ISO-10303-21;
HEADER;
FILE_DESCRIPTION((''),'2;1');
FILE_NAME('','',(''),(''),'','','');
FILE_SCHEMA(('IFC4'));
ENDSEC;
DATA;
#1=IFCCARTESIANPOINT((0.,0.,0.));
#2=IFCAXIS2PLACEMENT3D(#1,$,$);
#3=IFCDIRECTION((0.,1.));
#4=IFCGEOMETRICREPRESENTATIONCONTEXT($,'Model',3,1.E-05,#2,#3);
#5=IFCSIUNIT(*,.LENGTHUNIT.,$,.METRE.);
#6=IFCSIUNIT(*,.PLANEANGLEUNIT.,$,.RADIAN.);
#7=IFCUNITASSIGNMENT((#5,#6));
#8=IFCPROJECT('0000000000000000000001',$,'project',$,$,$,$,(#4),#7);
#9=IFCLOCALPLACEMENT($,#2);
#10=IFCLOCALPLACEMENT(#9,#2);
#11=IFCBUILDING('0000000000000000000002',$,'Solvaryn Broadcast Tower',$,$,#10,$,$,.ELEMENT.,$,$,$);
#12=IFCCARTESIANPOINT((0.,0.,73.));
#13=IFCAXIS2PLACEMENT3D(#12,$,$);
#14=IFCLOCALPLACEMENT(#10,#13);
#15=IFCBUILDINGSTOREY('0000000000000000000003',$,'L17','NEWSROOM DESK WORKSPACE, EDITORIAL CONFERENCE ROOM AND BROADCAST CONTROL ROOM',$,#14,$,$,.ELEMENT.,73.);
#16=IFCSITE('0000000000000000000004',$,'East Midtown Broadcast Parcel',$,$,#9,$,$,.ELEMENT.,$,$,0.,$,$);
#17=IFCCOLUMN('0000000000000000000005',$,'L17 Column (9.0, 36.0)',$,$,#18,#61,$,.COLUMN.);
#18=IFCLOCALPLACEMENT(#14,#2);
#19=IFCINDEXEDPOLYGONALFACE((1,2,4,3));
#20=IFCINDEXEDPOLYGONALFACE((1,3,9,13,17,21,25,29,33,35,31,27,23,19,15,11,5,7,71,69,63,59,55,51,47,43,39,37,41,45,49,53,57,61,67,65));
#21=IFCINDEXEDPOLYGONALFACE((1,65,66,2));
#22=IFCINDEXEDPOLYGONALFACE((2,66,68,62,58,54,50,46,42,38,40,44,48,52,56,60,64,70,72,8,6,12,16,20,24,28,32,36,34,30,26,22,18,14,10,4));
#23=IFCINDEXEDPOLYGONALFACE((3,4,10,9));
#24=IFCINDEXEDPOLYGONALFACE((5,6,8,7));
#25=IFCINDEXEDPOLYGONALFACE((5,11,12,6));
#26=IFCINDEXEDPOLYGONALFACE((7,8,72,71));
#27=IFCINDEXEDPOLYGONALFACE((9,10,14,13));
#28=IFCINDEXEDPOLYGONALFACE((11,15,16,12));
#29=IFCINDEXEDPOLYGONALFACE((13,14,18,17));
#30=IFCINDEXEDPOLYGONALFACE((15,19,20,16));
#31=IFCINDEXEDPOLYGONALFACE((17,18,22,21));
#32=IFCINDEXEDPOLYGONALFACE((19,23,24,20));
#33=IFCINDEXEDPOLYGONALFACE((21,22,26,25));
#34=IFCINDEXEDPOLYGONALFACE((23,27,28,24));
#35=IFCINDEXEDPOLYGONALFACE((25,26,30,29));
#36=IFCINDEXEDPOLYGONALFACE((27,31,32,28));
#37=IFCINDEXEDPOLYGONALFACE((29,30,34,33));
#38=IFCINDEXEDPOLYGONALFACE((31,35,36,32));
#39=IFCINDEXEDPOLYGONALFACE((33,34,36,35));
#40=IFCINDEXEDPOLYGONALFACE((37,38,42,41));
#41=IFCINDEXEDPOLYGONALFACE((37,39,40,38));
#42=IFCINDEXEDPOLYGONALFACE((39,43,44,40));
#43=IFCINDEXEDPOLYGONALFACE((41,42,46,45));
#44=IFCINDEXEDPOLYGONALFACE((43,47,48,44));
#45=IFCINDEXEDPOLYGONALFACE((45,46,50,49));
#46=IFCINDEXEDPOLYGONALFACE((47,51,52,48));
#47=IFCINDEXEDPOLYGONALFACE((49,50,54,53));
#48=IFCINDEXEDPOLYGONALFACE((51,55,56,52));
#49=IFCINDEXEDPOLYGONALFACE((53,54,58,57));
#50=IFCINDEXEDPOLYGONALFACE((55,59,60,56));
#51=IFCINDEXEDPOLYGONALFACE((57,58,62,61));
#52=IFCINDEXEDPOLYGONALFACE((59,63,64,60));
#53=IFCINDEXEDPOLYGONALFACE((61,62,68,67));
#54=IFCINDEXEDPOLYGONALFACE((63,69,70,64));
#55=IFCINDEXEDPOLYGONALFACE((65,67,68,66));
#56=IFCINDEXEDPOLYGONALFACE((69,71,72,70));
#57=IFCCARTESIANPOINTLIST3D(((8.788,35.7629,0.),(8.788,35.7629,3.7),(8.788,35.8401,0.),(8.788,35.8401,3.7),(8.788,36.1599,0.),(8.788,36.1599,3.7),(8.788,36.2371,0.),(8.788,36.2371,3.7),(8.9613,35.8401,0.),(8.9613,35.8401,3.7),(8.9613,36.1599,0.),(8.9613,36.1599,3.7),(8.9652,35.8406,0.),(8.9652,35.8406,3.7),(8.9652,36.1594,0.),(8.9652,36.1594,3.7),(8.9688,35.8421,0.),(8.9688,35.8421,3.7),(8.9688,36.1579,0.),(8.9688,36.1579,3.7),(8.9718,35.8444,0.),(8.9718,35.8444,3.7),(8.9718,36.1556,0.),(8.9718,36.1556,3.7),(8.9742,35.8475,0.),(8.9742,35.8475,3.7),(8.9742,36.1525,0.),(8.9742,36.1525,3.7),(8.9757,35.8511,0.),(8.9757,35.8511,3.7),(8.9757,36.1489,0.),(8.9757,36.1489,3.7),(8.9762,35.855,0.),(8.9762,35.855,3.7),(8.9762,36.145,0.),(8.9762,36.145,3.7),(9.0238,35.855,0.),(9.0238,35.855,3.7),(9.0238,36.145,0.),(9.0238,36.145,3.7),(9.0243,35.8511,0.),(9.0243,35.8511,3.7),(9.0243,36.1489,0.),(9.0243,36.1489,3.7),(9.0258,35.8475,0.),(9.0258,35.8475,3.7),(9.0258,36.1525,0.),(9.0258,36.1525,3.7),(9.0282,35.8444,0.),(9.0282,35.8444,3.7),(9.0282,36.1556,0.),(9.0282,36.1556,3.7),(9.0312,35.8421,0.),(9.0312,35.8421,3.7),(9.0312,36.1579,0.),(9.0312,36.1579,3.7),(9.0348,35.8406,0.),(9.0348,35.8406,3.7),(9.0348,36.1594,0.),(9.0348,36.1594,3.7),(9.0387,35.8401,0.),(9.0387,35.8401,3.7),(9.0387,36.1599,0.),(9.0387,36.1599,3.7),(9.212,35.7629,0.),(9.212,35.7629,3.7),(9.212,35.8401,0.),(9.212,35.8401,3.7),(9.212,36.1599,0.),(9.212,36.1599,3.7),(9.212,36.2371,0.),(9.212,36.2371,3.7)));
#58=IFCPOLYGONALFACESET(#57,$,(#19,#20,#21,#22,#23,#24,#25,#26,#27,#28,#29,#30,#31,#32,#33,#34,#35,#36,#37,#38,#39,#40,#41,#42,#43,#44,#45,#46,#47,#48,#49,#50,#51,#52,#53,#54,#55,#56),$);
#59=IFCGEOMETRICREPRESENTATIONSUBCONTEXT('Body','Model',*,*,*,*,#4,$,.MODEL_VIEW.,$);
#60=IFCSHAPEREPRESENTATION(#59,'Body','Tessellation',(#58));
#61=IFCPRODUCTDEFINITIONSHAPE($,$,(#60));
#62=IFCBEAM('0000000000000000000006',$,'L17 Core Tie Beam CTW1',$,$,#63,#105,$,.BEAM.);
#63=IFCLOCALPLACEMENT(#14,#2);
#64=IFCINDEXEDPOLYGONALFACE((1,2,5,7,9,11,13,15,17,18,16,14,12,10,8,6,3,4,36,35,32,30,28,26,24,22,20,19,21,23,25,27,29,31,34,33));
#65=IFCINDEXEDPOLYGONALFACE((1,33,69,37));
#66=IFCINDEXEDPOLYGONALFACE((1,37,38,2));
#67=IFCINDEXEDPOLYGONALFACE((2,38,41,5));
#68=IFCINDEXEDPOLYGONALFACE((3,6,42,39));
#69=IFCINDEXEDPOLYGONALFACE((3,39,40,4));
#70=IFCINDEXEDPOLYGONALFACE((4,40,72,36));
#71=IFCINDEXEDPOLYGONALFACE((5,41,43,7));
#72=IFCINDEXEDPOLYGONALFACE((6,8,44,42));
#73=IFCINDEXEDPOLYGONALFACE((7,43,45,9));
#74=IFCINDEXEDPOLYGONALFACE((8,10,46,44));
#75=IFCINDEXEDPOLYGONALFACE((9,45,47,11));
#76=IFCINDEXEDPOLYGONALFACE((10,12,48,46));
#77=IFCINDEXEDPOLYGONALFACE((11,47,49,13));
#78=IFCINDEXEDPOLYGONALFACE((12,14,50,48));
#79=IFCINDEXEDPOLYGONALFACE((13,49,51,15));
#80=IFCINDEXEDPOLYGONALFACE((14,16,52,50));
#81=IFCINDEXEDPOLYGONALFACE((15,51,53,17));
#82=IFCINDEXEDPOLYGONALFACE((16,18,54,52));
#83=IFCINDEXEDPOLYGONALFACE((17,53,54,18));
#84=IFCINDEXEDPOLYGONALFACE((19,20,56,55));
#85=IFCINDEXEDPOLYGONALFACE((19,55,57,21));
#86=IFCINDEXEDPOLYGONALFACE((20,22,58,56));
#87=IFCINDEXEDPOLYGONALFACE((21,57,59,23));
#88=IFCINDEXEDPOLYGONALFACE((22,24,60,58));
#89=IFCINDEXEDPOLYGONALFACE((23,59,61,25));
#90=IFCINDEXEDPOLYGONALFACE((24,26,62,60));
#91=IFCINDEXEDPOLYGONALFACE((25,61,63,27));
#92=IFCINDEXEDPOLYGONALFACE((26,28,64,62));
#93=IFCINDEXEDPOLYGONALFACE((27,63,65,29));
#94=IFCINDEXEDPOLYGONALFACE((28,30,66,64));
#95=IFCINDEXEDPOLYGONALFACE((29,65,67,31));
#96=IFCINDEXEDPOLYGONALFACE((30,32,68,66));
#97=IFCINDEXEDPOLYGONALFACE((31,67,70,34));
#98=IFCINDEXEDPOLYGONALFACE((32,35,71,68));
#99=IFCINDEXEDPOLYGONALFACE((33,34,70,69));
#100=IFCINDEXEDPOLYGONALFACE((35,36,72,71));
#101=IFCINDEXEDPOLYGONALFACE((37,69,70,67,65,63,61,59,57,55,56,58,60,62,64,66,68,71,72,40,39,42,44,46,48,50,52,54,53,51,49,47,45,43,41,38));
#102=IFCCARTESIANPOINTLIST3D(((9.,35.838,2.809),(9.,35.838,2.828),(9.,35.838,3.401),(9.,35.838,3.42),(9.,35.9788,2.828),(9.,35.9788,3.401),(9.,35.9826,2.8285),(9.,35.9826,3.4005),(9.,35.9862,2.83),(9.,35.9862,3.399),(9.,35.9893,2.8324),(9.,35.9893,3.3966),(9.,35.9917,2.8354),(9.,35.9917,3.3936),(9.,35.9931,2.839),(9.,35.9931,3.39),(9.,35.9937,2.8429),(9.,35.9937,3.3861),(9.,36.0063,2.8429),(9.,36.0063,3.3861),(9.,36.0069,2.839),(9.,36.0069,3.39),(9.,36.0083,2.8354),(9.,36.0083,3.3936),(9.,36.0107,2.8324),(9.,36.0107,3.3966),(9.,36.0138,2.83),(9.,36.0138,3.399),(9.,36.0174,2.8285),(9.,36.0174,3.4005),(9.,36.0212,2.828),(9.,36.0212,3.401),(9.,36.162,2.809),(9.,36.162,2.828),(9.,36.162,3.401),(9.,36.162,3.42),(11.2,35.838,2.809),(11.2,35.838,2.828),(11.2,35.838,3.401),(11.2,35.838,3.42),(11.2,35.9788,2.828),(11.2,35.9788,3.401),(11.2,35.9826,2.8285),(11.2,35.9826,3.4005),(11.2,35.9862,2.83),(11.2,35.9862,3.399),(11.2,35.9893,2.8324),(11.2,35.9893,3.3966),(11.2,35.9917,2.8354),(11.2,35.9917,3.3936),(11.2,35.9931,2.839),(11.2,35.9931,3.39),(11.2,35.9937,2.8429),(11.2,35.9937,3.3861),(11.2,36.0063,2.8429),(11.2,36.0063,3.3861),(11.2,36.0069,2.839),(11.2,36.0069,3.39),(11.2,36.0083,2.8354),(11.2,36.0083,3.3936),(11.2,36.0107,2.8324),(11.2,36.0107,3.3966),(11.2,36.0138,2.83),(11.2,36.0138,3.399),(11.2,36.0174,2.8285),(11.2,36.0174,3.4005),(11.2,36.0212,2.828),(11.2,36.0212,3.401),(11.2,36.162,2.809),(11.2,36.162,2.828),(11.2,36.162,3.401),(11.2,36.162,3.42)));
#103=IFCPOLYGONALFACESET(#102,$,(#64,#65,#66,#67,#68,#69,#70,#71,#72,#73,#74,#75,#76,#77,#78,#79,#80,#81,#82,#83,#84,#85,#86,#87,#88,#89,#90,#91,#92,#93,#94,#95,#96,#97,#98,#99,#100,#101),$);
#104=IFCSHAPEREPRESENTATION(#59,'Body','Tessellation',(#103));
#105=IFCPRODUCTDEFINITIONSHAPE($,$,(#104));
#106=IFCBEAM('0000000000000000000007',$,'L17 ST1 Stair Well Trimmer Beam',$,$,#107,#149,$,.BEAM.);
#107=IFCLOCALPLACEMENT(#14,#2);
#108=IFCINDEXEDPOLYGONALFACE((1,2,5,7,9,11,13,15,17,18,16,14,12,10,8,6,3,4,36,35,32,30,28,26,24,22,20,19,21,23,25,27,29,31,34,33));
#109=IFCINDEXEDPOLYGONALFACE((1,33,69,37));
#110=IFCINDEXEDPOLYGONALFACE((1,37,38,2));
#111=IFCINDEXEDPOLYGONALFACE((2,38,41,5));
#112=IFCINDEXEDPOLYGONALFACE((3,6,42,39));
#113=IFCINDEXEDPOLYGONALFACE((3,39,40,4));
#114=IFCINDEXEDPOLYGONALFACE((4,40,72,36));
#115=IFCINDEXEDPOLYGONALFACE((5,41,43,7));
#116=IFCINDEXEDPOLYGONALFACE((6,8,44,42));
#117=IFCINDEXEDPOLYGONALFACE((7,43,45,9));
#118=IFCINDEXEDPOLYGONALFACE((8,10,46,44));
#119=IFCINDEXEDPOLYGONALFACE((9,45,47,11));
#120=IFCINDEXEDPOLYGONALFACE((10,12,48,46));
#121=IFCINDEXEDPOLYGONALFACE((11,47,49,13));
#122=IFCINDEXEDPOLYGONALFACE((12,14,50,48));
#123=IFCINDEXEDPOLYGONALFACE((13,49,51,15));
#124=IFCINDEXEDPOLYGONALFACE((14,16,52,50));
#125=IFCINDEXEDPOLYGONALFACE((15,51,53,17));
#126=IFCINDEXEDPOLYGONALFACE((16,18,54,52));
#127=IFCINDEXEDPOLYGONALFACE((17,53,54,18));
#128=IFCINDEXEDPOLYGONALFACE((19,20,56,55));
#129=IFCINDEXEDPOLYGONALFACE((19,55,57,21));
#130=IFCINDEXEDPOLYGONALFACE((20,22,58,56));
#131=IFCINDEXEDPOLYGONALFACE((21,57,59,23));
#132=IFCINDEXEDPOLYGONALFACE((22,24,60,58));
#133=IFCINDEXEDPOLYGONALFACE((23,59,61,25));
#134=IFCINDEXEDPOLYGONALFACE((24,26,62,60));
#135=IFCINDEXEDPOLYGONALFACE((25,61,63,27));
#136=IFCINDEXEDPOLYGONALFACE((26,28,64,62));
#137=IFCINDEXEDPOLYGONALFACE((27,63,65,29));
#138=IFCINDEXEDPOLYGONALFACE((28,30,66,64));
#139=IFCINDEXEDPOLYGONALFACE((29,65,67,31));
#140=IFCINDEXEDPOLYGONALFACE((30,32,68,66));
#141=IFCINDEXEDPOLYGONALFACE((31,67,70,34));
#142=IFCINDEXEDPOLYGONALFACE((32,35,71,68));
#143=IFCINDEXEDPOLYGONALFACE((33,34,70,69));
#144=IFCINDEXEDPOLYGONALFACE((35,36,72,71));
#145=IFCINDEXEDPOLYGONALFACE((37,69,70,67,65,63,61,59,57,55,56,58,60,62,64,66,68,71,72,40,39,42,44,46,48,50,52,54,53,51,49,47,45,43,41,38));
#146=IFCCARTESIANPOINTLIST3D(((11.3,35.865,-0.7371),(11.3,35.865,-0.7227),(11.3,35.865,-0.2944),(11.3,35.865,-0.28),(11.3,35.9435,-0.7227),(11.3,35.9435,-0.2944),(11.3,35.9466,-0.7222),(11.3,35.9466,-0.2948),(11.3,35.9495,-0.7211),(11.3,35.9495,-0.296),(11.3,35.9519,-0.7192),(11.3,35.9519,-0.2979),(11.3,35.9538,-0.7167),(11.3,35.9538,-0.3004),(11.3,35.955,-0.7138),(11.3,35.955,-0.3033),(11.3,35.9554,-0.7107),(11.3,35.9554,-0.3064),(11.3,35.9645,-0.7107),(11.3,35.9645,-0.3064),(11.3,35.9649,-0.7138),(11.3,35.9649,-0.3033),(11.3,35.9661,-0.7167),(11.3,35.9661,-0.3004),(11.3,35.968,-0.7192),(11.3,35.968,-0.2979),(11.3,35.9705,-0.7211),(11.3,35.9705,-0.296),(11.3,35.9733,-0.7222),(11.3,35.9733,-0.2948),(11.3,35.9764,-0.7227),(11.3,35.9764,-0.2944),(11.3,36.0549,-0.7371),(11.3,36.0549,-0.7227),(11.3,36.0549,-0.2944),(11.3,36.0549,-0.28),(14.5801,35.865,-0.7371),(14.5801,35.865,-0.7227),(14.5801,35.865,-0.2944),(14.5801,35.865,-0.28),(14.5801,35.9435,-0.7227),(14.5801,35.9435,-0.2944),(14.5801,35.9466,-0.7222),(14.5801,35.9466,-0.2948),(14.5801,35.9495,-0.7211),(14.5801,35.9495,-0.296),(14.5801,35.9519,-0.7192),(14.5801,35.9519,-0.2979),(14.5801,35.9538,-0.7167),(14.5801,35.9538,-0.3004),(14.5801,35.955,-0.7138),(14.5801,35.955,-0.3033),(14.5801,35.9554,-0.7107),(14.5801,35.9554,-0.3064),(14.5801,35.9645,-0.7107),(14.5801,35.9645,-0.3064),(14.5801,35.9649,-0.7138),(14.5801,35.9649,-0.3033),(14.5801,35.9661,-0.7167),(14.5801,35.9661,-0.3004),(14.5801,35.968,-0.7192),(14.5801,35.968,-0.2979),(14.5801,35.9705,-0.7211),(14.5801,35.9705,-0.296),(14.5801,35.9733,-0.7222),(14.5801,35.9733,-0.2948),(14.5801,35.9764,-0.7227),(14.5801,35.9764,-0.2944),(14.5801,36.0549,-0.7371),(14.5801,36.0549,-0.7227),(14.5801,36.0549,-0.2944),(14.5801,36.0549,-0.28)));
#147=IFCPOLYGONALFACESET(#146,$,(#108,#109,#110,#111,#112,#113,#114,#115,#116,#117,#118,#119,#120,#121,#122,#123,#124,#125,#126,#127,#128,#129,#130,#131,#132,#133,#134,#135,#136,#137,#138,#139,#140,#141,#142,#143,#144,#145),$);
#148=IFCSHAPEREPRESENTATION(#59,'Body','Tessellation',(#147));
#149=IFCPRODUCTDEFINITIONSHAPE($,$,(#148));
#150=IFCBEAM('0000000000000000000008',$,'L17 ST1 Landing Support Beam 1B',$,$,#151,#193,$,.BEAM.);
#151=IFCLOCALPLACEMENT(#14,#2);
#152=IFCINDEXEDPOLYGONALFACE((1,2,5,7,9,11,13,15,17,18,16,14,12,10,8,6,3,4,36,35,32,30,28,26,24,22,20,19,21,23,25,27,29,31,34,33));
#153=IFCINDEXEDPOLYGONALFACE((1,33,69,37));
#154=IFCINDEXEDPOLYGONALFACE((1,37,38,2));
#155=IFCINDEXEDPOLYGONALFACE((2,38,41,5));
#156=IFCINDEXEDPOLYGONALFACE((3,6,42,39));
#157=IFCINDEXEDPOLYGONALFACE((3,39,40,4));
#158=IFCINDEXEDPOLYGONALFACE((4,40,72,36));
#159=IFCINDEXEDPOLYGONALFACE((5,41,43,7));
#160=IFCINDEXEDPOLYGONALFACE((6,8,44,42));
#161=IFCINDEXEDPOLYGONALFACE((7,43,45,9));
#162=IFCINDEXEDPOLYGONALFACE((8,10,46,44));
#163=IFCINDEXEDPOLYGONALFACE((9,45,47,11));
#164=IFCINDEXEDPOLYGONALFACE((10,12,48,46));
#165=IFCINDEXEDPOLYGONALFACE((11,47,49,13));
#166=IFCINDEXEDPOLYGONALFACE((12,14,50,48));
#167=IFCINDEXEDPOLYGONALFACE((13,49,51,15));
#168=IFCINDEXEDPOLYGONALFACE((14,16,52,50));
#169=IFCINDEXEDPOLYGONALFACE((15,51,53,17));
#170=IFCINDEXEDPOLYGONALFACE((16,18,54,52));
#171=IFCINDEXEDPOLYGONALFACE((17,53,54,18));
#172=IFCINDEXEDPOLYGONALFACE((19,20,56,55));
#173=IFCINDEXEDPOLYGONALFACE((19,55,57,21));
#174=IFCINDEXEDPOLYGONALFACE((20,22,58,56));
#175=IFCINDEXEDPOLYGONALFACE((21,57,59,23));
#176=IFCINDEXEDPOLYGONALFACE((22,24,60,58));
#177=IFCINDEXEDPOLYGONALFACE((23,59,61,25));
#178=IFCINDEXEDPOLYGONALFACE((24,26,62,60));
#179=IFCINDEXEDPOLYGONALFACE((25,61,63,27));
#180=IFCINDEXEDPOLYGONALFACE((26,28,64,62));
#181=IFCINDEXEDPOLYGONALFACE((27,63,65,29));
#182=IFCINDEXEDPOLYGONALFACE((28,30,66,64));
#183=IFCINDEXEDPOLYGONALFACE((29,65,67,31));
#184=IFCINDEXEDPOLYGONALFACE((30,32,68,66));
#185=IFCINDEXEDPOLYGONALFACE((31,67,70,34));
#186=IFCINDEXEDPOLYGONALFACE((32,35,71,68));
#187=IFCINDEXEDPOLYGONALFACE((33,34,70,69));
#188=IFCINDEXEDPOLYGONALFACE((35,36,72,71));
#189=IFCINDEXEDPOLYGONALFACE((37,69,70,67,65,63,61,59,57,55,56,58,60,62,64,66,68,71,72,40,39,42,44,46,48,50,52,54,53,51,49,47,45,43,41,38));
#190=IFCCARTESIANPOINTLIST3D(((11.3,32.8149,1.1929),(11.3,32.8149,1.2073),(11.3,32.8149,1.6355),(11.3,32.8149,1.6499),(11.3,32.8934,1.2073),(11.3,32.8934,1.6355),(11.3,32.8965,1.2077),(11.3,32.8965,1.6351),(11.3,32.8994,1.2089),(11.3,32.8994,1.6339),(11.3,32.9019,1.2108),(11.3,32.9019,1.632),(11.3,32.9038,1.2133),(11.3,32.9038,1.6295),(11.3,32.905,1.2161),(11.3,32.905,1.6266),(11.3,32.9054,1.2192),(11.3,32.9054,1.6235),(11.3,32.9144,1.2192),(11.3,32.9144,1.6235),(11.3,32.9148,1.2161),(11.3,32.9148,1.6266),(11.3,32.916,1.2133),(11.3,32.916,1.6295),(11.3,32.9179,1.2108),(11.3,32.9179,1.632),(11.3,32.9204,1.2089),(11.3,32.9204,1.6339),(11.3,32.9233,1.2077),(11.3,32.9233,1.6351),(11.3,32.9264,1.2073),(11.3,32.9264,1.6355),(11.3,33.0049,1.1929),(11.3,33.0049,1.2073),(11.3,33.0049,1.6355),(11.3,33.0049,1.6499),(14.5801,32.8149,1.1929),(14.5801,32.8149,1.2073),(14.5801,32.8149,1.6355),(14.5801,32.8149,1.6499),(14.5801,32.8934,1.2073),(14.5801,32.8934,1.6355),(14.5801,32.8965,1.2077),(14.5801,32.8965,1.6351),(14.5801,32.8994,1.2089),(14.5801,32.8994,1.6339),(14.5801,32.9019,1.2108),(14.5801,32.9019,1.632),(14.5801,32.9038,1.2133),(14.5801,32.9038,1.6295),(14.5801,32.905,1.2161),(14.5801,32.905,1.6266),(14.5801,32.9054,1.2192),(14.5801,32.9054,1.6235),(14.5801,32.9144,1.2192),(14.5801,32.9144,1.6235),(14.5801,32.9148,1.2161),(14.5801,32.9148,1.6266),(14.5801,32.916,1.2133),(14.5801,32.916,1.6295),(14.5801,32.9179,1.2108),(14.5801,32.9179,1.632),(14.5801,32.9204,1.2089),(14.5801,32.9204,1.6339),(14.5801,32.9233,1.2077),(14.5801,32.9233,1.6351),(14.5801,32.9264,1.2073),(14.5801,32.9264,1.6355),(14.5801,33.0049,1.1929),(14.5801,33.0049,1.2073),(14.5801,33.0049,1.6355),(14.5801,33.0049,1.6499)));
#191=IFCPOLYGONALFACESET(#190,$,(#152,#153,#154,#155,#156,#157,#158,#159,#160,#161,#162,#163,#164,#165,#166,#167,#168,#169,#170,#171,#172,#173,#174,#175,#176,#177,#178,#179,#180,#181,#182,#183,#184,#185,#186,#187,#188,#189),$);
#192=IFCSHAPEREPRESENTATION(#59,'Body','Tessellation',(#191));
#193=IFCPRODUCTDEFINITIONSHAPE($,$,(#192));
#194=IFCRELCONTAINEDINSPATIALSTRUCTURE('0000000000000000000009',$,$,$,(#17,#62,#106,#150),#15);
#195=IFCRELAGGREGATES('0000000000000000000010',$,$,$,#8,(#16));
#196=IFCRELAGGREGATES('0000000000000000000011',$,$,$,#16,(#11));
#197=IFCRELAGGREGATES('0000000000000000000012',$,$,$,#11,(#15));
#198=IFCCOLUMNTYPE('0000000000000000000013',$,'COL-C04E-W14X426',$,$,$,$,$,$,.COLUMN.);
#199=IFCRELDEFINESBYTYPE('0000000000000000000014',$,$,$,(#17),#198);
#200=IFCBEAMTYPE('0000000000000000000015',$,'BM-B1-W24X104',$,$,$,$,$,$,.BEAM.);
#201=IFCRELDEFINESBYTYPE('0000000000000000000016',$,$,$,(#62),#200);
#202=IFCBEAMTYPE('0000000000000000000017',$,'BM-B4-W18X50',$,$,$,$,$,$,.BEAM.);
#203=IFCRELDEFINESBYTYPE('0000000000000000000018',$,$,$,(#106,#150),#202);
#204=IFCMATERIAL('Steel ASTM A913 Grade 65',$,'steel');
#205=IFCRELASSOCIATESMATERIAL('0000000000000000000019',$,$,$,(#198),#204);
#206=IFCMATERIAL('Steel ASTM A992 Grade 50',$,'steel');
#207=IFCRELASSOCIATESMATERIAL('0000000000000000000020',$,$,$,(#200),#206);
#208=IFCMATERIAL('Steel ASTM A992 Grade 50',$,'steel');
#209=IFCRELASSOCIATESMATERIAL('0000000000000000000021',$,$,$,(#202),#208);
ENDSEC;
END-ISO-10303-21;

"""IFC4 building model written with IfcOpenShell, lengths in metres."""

from ifc_helpers import new_model, si_unit, direction, frame, origin, origin_2d, place, context, subcontext, project, spatial, i_section, extrude, material, material_profile, profile_set, type_object, element, save


model = new_model("IFC4")

# Units and contexts
model_context = context("Model", 3, precision=1e-05, world=origin(), true_north=direction((0.0, 1.0)))
body_context = subcontext(model_context, "Body", "Model", "MODEL_VIEW")
ifc_project = project(units=[si_unit("LENGTHUNIT", "METRE"), si_unit("PLANEANGLEUNIT", "RADIAN")], contexts=[model_context])

# Site, building, storey
site_placement = place(None, origin())
site = spatial("IfcSite", under=ifc_project, at=site_placement, Name="East Midtown Broadcast Parcel", CompositionType="ELEMENT", RefElevation=0.0)
building_placement = place(site_placement, origin())
building = spatial("IfcBuilding", under=site, at=building_placement, Name="Solvaryn Broadcast Tower", CompositionType="ELEMENT")
storey_placement = place(building_placement, frame((0.0, 0.0, 73.0)))
storey = spatial("IfcBuildingStorey", under=building, at=storey_placement, Name="L17", Description="NEWSROOM DESK WORKSPACE, EDITORIAL CONFERENCE ROOM AND BROADCAST CONTROL ROOM", CompositionType="ELEMENT", Elevation=73.0)

# Column
ifc_material_1 = material(Name="Steel ASTM A913 Grade 65", Category="steel")
ifc_material_profile_1 = material_profile(ifc_material_1, i_section(OverallWidth=0.4241, OverallDepth=0.4741, WebThickness=0.0476, FlangeThickness=0.0771, FilletRadius=0.0149, at=origin_2d()))
ifc_profile_set_1 = profile_set([ifc_material_profile_1], Name="Steel ASTM A913 Grade 65")
column_type = type_object("IfcColumnType", Name="COL-C04E-W14X426", PredefinedType="COLUMN", material=ifc_profile_set_1)
column_placement = place(storey_placement, frame((9.0, 36.0, 0.0), z_axis=(0.0, 0.0, 1.0), x_axis=(1.0, 0.0, 0.0)))
element("IfcColumn", 1, at=column_placement, inside=storey, type_object=column_type, Name="L17 Column (9.0, 36.0)", PredefinedType="COLUMN", context=body_context, shape_type="SweptSolid", body=[
    extrude(i_section(OverallWidth=0.4241, OverallDepth=0.4741, WebThickness=0.0476, FlangeThickness=0.0771, FilletRadius=0.0149, at=origin_2d()), origin(), (0.0, 0.0, 1.0), 3.7),
])

# Beams
ifc_material_2 = material(Name="Steel ASTM A992 Grade 50", Category="steel")
ifc_material_profile_2 = material_profile(ifc_material_2, i_section(OverallWidth=0.324, OverallDepth=0.6111, WebThickness=0.0127, FlangeThickness=0.019, FilletRadius=0.0149, at=origin_2d()))
ifc_profile_set_2 = profile_set([ifc_material_profile_2], Name="Steel ASTM A992 Grade 50")
beam_type_1 = type_object("IfcBeamType", Name="BM-B1-W24X104", PredefinedType="BEAM", material=ifc_profile_set_2)
beam_1_placement = place(storey_placement, frame((9.0, 36.0, 3.1145), z_axis=(1.0, 0.0, 0.0), x_axis=(0.0, 1.0, 0.0)))
element("IfcBeam", 2, at=beam_1_placement, inside=storey, type_object=beam_type_1, Name="L17 Core Tie Beam CTW1", PredefinedType="BEAM", context=body_context, shape_type="SweptSolid", body=[
    extrude(i_section(OverallWidth=0.324, OverallDepth=0.6111, WebThickness=0.0127, FlangeThickness=0.019, FilletRadius=0.0149, at=origin_2d()), origin(), (0.0, 0.0, 1.0), 2.2),
])
ifc_material_3 = material(Name="Steel ASTM A992 Grade 50", Category="steel")
ifc_material_profile_3 = material_profile(ifc_material_3, i_section(OverallWidth=0.1899, OverallDepth=0.457, WebThickness=0.009, FlangeThickness=0.0144, FilletRadius=0.012, at=origin_2d()))
ifc_profile_set_3 = profile_set([ifc_material_profile_3], Name="Steel ASTM A992 Grade 50")
beam_type_2 = type_object("IfcBeamType", Name="BM-B4-W18X50", PredefinedType="BEAM", material=ifc_profile_set_3)
for number, where, z_axis, x_axis, name in (
    (3, (11.3, 35.96, -0.5085), (1.0, 0.0, 0.0), (0.0, 1.0, 0.0), "L17 ST1 Stair Well Trimmer Beam"),
    (4, (11.3, 32.9099, 1.4214), (1.0, 0.0, 0.0), (0.0, 1.0, 0.0), "L17 ST1 Landing Support Beam 1B"),
):
    element("IfcBeam", number, at=place(storey_placement, frame(where, z_axis=z_axis, x_axis=x_axis)), inside=storey, type_object=beam_type_2, Name=name, PredefinedType="BEAM", context=body_context, shape_type="SweptSolid", body=[
        extrude(i_section(OverallWidth=0.1899, OverallDepth=0.457, WebThickness=0.009, FlangeThickness=0.0144, FilletRadius=0.012, at=origin_2d()), origin(), (0.0, 0.0, 1.0), 3.28),
    ])

save(model, "model.ifc")
